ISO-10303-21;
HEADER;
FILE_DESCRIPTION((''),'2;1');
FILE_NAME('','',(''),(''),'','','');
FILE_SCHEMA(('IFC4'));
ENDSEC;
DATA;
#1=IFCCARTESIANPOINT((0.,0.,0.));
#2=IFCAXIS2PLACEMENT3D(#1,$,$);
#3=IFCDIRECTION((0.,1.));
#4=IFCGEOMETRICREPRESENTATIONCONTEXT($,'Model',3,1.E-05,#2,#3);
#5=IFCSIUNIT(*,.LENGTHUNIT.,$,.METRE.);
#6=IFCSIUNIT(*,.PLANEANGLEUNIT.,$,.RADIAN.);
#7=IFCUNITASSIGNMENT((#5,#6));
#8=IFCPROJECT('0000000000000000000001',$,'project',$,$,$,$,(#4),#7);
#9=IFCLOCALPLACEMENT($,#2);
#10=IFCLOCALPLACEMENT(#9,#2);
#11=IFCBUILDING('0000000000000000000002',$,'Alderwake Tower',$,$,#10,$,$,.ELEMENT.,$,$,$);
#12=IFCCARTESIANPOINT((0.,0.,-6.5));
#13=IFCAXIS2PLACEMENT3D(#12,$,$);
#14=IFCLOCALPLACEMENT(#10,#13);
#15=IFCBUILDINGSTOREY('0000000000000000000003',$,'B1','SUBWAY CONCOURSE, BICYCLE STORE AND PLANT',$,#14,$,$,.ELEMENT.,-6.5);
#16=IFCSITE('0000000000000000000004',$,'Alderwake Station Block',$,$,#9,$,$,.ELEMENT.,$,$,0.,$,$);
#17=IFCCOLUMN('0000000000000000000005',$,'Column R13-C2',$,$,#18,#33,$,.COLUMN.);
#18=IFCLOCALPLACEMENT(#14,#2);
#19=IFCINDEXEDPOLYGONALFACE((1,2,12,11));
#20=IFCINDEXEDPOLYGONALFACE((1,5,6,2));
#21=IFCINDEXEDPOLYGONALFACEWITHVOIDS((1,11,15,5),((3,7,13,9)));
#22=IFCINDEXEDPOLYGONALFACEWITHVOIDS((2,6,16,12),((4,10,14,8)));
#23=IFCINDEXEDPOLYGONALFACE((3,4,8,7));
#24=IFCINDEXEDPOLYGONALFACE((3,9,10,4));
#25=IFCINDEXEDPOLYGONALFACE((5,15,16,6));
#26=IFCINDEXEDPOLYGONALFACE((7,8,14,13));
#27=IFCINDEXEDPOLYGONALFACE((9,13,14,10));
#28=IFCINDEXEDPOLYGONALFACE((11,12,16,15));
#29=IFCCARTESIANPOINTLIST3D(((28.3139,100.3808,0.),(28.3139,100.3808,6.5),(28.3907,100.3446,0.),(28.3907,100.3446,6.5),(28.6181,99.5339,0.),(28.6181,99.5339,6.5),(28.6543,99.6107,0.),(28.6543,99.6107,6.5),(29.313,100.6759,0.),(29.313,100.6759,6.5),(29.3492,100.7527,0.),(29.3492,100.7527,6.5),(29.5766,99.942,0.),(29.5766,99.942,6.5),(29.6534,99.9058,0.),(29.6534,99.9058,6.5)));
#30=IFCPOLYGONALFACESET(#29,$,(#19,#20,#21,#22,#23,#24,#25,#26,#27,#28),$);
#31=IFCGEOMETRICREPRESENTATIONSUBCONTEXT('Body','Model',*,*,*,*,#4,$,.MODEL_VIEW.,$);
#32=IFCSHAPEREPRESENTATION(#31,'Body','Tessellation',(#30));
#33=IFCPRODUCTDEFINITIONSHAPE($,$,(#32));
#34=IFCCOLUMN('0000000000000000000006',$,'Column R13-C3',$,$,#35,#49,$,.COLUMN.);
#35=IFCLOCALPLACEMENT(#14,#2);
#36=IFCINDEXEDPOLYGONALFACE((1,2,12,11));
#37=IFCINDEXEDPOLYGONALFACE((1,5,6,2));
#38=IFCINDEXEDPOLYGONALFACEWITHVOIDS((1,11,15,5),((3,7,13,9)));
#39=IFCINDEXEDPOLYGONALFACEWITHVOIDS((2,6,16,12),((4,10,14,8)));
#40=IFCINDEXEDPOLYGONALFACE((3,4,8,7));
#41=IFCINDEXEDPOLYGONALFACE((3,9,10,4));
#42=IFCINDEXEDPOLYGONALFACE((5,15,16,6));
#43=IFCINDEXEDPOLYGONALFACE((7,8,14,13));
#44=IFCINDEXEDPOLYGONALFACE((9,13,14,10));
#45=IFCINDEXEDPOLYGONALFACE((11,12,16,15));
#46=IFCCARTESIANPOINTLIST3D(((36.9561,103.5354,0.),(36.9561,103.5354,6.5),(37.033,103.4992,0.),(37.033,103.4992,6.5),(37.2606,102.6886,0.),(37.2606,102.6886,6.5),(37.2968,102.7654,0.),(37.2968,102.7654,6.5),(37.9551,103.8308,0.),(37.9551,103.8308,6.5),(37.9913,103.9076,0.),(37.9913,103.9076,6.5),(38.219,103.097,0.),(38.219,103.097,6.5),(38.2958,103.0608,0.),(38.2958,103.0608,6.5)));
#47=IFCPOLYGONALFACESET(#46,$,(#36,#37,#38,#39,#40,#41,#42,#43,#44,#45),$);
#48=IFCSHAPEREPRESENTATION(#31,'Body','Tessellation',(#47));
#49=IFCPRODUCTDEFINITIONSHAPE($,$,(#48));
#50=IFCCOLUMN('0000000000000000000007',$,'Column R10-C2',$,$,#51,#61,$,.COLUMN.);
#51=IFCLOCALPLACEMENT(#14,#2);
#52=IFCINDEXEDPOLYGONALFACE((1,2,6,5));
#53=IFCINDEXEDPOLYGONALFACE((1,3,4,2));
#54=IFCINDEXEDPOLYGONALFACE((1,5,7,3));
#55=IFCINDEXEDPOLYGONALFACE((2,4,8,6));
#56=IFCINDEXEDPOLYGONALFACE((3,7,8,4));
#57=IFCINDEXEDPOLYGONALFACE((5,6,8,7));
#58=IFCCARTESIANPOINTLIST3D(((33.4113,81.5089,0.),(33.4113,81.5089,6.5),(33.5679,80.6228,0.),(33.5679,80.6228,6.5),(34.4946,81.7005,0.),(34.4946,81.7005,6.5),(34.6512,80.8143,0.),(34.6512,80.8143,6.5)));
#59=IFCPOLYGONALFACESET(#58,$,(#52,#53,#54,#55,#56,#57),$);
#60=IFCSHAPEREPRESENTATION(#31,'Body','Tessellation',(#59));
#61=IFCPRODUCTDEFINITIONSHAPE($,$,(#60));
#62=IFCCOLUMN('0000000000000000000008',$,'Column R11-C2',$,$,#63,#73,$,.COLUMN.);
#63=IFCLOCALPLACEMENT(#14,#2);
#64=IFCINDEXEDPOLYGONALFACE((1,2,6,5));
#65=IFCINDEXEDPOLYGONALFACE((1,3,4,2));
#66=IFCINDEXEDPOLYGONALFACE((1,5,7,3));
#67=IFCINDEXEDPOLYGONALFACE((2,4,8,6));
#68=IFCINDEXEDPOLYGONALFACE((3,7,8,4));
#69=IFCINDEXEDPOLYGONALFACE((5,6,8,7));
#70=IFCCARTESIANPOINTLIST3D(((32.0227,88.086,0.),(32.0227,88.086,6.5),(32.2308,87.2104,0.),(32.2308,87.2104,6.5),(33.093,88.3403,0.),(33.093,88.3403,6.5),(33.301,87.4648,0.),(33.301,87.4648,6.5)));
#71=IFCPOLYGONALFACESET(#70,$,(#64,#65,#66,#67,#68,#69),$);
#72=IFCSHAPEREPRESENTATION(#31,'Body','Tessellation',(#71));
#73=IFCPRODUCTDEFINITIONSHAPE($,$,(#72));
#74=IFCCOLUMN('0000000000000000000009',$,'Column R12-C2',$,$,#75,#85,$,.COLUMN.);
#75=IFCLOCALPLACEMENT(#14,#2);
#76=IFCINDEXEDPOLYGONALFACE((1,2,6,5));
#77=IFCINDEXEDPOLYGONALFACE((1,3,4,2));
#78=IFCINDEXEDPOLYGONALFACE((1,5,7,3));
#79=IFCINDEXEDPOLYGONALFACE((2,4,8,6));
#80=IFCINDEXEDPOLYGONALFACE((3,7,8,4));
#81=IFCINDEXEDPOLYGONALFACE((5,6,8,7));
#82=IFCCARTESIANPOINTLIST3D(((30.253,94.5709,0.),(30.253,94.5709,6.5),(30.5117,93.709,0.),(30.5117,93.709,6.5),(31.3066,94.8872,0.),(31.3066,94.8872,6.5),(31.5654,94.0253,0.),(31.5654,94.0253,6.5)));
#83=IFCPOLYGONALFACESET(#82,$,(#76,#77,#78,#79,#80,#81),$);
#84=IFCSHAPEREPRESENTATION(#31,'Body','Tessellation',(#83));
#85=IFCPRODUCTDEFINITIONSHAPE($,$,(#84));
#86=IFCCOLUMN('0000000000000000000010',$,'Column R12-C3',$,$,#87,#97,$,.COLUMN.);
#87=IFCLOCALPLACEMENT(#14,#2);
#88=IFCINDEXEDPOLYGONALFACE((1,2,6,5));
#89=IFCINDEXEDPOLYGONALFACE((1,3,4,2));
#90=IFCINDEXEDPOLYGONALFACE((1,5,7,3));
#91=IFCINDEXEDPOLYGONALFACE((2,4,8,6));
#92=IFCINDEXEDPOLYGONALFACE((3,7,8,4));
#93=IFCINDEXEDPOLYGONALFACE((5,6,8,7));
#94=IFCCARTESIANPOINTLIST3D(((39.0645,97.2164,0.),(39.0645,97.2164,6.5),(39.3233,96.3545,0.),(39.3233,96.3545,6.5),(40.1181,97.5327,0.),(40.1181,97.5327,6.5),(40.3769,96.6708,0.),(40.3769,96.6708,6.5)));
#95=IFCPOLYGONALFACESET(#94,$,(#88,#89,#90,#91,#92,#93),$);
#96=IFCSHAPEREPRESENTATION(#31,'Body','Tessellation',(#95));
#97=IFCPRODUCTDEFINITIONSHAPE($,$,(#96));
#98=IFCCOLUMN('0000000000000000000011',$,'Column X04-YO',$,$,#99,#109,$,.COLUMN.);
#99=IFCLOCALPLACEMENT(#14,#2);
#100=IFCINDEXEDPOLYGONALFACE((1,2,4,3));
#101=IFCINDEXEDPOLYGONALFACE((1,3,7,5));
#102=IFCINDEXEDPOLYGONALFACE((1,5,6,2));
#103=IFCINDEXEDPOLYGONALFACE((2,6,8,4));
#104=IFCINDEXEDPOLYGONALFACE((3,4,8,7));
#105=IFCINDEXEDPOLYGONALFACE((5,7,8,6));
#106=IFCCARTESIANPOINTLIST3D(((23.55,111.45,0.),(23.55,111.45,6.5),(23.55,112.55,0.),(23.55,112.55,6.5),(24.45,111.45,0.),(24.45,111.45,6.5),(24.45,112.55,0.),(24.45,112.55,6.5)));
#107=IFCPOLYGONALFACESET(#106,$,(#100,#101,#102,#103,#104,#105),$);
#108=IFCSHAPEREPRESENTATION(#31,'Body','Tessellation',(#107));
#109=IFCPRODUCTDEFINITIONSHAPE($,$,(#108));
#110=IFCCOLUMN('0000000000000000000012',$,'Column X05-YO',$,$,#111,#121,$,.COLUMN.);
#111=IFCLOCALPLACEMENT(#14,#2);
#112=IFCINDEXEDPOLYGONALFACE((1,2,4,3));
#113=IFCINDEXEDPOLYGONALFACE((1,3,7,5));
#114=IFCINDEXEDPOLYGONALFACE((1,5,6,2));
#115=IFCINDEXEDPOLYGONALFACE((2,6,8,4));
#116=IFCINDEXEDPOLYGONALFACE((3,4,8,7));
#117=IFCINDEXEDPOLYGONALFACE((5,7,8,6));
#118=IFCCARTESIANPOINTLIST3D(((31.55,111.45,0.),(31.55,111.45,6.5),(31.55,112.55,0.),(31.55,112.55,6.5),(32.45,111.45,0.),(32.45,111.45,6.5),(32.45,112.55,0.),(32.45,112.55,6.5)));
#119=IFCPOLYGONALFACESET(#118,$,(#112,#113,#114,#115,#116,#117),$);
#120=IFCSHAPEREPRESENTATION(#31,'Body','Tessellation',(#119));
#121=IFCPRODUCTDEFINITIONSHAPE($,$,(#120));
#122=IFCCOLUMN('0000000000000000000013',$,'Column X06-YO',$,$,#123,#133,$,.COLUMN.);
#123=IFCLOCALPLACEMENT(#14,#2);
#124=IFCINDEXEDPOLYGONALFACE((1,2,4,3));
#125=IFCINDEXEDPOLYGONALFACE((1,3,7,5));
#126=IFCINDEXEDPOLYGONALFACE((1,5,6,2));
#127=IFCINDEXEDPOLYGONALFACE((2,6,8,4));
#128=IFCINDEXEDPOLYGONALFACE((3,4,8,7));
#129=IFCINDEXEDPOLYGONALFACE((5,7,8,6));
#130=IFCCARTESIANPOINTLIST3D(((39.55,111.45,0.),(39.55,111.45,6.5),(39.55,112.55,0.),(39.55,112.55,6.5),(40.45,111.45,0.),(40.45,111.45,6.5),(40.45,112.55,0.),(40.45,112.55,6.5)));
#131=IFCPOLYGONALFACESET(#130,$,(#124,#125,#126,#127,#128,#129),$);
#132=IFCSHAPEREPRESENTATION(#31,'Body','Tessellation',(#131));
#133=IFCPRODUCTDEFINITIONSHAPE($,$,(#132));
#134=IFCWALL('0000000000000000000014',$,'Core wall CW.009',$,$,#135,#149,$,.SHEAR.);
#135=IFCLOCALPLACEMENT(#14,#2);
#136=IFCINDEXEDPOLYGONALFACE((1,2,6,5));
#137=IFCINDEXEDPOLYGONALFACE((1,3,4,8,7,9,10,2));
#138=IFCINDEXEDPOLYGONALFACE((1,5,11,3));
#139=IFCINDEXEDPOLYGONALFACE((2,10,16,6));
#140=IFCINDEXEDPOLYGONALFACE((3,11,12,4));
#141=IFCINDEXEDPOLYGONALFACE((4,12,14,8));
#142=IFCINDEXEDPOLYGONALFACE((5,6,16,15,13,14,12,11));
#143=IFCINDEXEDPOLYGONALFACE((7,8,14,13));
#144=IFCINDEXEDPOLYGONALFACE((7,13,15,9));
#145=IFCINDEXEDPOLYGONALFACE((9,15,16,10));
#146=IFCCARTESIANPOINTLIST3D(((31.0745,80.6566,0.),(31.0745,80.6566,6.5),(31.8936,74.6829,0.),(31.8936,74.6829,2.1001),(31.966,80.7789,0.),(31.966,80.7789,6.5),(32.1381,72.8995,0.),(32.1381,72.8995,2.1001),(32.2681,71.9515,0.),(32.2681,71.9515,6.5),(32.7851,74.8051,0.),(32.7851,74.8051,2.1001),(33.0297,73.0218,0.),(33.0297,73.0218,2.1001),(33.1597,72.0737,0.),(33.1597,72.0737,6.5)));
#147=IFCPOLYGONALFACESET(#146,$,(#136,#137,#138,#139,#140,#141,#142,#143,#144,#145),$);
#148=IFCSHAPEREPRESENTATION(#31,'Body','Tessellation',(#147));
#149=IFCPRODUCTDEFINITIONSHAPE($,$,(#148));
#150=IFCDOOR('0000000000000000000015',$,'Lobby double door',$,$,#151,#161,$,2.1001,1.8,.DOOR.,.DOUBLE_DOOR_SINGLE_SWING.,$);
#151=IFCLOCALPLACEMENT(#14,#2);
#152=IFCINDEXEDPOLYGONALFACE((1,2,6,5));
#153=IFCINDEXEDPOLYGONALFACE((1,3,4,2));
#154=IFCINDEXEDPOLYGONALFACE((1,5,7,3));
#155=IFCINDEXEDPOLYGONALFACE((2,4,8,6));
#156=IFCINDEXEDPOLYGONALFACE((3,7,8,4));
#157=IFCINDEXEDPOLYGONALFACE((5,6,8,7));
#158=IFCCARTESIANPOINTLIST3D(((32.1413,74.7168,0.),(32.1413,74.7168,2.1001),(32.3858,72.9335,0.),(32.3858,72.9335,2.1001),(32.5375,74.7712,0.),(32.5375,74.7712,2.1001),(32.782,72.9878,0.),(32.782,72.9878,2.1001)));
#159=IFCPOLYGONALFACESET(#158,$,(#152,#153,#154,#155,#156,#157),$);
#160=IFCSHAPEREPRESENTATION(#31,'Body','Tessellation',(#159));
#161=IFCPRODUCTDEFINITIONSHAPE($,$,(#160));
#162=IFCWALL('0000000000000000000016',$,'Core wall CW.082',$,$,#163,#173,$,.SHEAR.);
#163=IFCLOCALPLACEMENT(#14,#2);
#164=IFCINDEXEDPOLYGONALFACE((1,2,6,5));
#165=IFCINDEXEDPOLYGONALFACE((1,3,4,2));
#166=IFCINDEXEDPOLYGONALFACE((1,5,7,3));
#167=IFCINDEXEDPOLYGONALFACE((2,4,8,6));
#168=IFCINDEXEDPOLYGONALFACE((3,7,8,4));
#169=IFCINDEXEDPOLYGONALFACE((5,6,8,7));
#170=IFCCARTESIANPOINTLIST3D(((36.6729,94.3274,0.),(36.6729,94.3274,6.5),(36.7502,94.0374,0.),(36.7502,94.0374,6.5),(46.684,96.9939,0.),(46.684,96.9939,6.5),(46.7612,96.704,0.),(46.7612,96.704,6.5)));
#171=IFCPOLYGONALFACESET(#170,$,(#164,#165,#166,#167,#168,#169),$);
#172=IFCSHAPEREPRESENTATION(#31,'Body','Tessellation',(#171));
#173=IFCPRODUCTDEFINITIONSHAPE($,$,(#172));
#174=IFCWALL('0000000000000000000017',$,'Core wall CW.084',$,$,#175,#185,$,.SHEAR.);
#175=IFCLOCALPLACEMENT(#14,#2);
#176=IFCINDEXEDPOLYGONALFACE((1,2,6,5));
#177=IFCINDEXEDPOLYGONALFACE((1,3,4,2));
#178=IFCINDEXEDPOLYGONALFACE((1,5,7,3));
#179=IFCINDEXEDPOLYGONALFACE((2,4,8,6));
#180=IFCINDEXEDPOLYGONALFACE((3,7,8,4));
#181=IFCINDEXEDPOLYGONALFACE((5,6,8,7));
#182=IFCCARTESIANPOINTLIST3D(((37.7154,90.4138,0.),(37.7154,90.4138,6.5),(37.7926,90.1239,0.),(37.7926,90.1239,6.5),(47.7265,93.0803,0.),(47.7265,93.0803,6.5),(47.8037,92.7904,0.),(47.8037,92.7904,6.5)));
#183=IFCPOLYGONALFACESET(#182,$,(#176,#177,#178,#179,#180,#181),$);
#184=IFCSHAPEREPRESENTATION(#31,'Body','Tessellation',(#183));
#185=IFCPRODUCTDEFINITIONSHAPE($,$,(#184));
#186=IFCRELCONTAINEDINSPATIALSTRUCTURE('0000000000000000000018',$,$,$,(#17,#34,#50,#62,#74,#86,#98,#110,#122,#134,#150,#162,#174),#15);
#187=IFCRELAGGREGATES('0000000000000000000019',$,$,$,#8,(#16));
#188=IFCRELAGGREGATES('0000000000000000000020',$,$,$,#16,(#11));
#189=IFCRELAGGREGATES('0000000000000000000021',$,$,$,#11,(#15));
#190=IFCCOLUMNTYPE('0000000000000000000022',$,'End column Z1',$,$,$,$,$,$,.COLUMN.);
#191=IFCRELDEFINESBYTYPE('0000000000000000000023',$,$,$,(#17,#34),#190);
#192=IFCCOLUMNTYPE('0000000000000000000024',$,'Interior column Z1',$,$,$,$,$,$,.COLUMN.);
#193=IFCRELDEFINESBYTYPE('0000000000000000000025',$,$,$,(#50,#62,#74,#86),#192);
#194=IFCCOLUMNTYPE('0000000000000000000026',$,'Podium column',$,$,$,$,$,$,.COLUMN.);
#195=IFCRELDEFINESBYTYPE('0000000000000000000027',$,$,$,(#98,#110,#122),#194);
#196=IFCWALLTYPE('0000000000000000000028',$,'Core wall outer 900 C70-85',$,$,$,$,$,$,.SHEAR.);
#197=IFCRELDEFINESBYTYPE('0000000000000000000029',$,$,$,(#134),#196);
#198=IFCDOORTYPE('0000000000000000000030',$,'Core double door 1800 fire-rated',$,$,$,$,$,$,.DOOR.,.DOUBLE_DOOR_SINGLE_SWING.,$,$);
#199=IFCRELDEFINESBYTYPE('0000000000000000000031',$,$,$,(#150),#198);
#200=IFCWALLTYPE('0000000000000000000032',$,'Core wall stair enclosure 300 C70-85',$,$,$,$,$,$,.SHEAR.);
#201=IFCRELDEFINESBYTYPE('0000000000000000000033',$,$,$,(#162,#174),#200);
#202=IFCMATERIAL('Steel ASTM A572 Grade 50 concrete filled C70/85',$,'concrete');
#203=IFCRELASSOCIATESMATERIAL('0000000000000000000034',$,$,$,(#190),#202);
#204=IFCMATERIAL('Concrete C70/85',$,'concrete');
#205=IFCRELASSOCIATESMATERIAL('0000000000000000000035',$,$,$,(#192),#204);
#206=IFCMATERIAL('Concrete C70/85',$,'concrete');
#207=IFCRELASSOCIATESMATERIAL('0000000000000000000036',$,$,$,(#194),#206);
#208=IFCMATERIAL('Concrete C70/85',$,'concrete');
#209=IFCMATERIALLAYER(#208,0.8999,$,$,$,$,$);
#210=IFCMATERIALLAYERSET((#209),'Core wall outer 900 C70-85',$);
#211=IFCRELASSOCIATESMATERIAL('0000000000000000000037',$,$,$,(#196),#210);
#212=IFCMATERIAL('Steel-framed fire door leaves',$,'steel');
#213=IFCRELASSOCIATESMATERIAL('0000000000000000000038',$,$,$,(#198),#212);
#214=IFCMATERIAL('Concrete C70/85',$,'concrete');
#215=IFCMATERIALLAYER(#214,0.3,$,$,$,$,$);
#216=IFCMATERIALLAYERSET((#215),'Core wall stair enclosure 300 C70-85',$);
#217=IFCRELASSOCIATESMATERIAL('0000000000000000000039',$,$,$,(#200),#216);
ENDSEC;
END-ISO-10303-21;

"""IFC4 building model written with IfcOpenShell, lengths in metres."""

from ifc_helpers import new_model, si_unit, direction, frame, frame_2d, origin, origin_2d, place, context, subcontext, project, spatial, rectangle, hollow_rectangle, extrude, material, layer, layer_set, material_profile, profile_set, type_object, element, fill, save


model = new_model("IFC4")

# Units and contexts
model_context = context("Model", 3, precision=1e-05, world=origin(), true_north=direction((0.0, 1.0)))
body_context = subcontext(model_context, "Body", "Model", "MODEL_VIEW")
ifc_project = project(units=[si_unit("LENGTHUNIT", "METRE"), si_unit("PLANEANGLEUNIT", "RADIAN")], contexts=[model_context])

# Site, building, storey
site_placement = place(None, origin())
site = spatial("IfcSite", under=ifc_project, at=site_placement, Name="Alderwake Station Block", CompositionType="ELEMENT", RefElevation=0.0)
building_placement = place(site_placement, origin())
building = spatial("IfcBuilding", under=site, at=building_placement, Name="Alderwake Tower", CompositionType="ELEMENT")
storey_placement = place(building_placement, frame((0.0, 0.0, -6.5)))
storey = spatial("IfcBuildingStorey", under=building, at=storey_placement, Name="B1", Description="SUBWAY CONCOURSE, BICYCLE STORE AND PLANT", CompositionType="ELEMENT", Elevation=-6.5)

# Columns
ifc_material_1 = material(Name="Steel ASTM A572 Grade 50 concrete filled C70/85", Category="concrete")
ifc_material_profile_1 = material_profile(ifc_material_1, hollow_rectangle(XDim=0.8999, YDim=1.1001, WallThickness=0.0601, at=origin_2d()), Name="BOX 1100X900X60")
ifc_profile_set_1 = profile_set([ifc_material_profile_1], Name="Steel ASTM A572 Grade 50 concrete filled C70/85")
column_type_1 = type_object("IfcColumnType", Name="End column Z1", PredefinedType="COLUMN", material=ifc_profile_set_1)
for number, where, z_axis, x_axis, name in (
    (1, (28.9836, 100.1433, 0.0), (0.0, 0.0, 1.0), (-0.338027, 0.941136, 0.0), "Column R13-C2"),
    (2, (37.626, 103.2981, 0.0), (0.0, 0.0, 1.0), (-0.338385, 0.941008, 0.0), "Column R13-C3"),
):
    element("IfcColumn", number, at=place(storey_placement, frame(where, z_axis=z_axis, x_axis=x_axis)), inside=storey, type_object=column_type_1, Name=name, PredefinedType="COLUMN", context=body_context, shape_type="SweptSolid", body=[
        extrude(hollow_rectangle(XDim=0.8999, YDim=1.1001, WallThickness=0.0601, at=origin_2d()), origin(), (0.0, 0.0, 1.0), 6.5),
    ])
ifc_material_2 = material(Name="Concrete C70/85", Category="concrete")
ifc_material_profile_2 = material_profile(ifc_material_2, rectangle(XDim=0.8999, YDim=1.1001, at=origin_2d()), Name="RC 1100X900")
ifc_profile_set_2 = profile_set([ifc_material_profile_2], Name="Concrete C70/85")
column_type_2 = type_object("IfcColumnType", Name="Interior column Z1", PredefinedType="COLUMN", material=ifc_profile_set_2)
for number, where, z_axis, x_axis, name in (
    (3, (34.0312, 81.1616, 0.0), (0.0, 0.0, 1.0), (-0.174109, 0.984726, 0.0), "Column R10-C2"),
    (4, (32.6619, 87.7754, 0.0), (0.0, 0.0, 1.0), (-0.231222, 0.972901, 0.0), "Column R11-C2"),
    (5, (30.9092, 94.2981, 0.0), (0.0, 0.0, 1.0), (-0.287549, 0.957766, 0.0), "Column R12-C2"),
    (6, (39.7207, 96.9436, 0.0), (0.0, 0.0, 1.0), (-0.287549, 0.957766, 0.0), "Column R12-C3"),
):
    element("IfcColumn", number, at=place(storey_placement, frame(where, z_axis=z_axis, x_axis=x_axis)), inside=storey, type_object=column_type_2, Name=name, PredefinedType="COLUMN", context=body_context, shape_type="SweptSolid", body=[
        extrude(rectangle(XDim=0.8999, YDim=1.1001, at=origin_2d()), origin(), (0.0, 0.0, 1.0), 6.5),
    ])
ifc_material_3 = material(Name="Concrete C70/85", Category="concrete")
ifc_material_profile_3 = material_profile(ifc_material_3, rectangle(XDim=0.8999, YDim=1.1001, at=origin_2d()), Name="RC 1100X900")
ifc_profile_set_3 = profile_set([ifc_material_profile_3], Name="Concrete C70/85")
column_type_3 = type_object("IfcColumnType", Name="Podium column", PredefinedType="COLUMN", material=ifc_profile_set_3)
for number, where, z_axis, x_axis, name in (
    (7, (24.0, 112.0, 0.0), (0.0, 0.0, 1.0), (1.0, 0.0, 0.0), "Column X04-YO"),
    (8, (32.0, 112.0, 0.0), (0.0, 0.0, 1.0), (1.0, 0.0, 0.0), "Column X05-YO"),
    (9, (40.0, 112.0, 0.0), (0.0, 0.0, 1.0), (1.0, 0.0, 0.0), "Column X06-YO"),
):
    element("IfcColumn", number, at=place(storey_placement, frame(where, z_axis=z_axis, x_axis=x_axis)), inside=storey, type_object=column_type_3, Name=name, PredefinedType="COLUMN", context=body_context, shape_type="SweptSolid", body=[
        extrude(rectangle(XDim=0.8999, YDim=1.1001, at=origin_2d()), origin(), (0.0, 0.0, 1.0), 6.5),
    ])

# Wall, opening, door
ifc_material_4 = material(Name="Concrete C70/85", Category="concrete")
ifc_layer_1 = layer(ifc_material_4, 0.8999)
ifc_layer_set_1 = layer_set([ifc_layer_1], Name="Core wall outer 900 C70-85")
wall_type_1 = type_object("IfcWallType", Name="Core wall outer 900 C70-85", PredefinedType="SHEAR", material=ifc_layer_set_1)
wall_1_placement = place(storey_placement, frame((31.5203, 80.7178, 0.0), z_axis=(0.0, 0.0, 1.0), x_axis=(0.135845, -0.99073, 0.0)))
wall_1 = element("IfcWall", 10, at=wall_1_placement, inside=storey, type_object=wall_type_1, Name="Core wall CW.009", PredefinedType="SHEAR", context=body_context, shape_type="SweptSolid", body=[
    extrude(rectangle(XDim=8.7866, YDim=0.8999, at=frame_2d((4.3933, 0.0))), origin(), (0.0, 0.0, 1.0), 6.5),
])
opening_1_placement = place(wall_1_placement, frame((6.0298, 0.0, 0.0)))
opening_1 = element("IfcOpeningElement", 11, at=opening_1_placement, cuts=wall_1, PredefinedType="OPENING", context=body_context, shape_type="SweptSolid", body=[
    extrude(rectangle(XDim=1.8, YDim=2.1001, at=frame_2d((0.8999, 1.05))), frame((0.0, 0.46, 0.0), z_axis=(0.0, -1.0, 0.0), x_axis=(1.0, 0.0, 0.0)), (0.0, 0.0, 1.0), 0.9199),
])
ifc_material_5 = material(Name="Steel-framed fire door leaves", Category="steel")
door_type_1 = type_object("IfcDoorType", Name="Core double door 1800 fire-rated", OperationType="DOUBLE_DOOR_SINGLE_SWING", PredefinedType="DOOR", material=ifc_material_5)
door_1_placement = place(opening_1_placement, origin())
door_1 = element("IfcDoor", 12, at=door_1_placement, inside=storey, type_object=door_type_1, Name="Lobby double door", OperationType="DOUBLE_DOOR_SINGLE_SWING", OverallHeight=2.1001, OverallWidth=1.8, PredefinedType="DOOR", context=body_context, shape_type="SweptSolid", body=[
    extrude(rectangle(XDim=1.8, YDim=2.1001, at=frame_2d((0.8999, 1.05))), frame((0.0, 0.2, 0.0), z_axis=(0.0, -1.0, 0.0), x_axis=(1.0, 0.0, 0.0)), (0.0, 0.0, 1.0), 0.3999),
])
fill(opening_1, door_1)

# Walls
ifc_material_6 = material(Name="Concrete C70/85", Category="concrete")
ifc_layer_2 = layer(ifc_material_6, 0.3)
ifc_layer_set_2 = layer_set([ifc_layer_2], Name="Core wall stair enclosure 300 C70-85")
wall_type_2 = type_object("IfcWallType", Name="Core wall stair enclosure 300 C70-85", PredefinedType="SHEAR", material=ifc_layer_set_2)
for number, where, z_axis, x_axis, name in (
    (13, (36.7114, 94.1824, 0.0), (0.0, 0.0, 1.0), (0.966309, 0.257384, 0.0), "Core wall CW.082"),
    (14, (37.7539, 90.2688, 0.0), (0.0, 0.0, 1.0), (0.966309, 0.257384, 0.0), "Core wall CW.084"),
):
    element("IfcWall", number, at=place(storey_placement, frame(where, z_axis=z_axis, x_axis=x_axis)), inside=storey, type_object=wall_type_2, Name=name, PredefinedType="SHEAR", context=body_context, shape_type="SweptSolid", body=[
        extrude(rectangle(XDim=10.3601, YDim=0.3, at=frame_2d((5.1802, 0.0))), origin(), (0.0, 0.0, 1.0), 6.5),
    ])

save(model, "model.ifc")
